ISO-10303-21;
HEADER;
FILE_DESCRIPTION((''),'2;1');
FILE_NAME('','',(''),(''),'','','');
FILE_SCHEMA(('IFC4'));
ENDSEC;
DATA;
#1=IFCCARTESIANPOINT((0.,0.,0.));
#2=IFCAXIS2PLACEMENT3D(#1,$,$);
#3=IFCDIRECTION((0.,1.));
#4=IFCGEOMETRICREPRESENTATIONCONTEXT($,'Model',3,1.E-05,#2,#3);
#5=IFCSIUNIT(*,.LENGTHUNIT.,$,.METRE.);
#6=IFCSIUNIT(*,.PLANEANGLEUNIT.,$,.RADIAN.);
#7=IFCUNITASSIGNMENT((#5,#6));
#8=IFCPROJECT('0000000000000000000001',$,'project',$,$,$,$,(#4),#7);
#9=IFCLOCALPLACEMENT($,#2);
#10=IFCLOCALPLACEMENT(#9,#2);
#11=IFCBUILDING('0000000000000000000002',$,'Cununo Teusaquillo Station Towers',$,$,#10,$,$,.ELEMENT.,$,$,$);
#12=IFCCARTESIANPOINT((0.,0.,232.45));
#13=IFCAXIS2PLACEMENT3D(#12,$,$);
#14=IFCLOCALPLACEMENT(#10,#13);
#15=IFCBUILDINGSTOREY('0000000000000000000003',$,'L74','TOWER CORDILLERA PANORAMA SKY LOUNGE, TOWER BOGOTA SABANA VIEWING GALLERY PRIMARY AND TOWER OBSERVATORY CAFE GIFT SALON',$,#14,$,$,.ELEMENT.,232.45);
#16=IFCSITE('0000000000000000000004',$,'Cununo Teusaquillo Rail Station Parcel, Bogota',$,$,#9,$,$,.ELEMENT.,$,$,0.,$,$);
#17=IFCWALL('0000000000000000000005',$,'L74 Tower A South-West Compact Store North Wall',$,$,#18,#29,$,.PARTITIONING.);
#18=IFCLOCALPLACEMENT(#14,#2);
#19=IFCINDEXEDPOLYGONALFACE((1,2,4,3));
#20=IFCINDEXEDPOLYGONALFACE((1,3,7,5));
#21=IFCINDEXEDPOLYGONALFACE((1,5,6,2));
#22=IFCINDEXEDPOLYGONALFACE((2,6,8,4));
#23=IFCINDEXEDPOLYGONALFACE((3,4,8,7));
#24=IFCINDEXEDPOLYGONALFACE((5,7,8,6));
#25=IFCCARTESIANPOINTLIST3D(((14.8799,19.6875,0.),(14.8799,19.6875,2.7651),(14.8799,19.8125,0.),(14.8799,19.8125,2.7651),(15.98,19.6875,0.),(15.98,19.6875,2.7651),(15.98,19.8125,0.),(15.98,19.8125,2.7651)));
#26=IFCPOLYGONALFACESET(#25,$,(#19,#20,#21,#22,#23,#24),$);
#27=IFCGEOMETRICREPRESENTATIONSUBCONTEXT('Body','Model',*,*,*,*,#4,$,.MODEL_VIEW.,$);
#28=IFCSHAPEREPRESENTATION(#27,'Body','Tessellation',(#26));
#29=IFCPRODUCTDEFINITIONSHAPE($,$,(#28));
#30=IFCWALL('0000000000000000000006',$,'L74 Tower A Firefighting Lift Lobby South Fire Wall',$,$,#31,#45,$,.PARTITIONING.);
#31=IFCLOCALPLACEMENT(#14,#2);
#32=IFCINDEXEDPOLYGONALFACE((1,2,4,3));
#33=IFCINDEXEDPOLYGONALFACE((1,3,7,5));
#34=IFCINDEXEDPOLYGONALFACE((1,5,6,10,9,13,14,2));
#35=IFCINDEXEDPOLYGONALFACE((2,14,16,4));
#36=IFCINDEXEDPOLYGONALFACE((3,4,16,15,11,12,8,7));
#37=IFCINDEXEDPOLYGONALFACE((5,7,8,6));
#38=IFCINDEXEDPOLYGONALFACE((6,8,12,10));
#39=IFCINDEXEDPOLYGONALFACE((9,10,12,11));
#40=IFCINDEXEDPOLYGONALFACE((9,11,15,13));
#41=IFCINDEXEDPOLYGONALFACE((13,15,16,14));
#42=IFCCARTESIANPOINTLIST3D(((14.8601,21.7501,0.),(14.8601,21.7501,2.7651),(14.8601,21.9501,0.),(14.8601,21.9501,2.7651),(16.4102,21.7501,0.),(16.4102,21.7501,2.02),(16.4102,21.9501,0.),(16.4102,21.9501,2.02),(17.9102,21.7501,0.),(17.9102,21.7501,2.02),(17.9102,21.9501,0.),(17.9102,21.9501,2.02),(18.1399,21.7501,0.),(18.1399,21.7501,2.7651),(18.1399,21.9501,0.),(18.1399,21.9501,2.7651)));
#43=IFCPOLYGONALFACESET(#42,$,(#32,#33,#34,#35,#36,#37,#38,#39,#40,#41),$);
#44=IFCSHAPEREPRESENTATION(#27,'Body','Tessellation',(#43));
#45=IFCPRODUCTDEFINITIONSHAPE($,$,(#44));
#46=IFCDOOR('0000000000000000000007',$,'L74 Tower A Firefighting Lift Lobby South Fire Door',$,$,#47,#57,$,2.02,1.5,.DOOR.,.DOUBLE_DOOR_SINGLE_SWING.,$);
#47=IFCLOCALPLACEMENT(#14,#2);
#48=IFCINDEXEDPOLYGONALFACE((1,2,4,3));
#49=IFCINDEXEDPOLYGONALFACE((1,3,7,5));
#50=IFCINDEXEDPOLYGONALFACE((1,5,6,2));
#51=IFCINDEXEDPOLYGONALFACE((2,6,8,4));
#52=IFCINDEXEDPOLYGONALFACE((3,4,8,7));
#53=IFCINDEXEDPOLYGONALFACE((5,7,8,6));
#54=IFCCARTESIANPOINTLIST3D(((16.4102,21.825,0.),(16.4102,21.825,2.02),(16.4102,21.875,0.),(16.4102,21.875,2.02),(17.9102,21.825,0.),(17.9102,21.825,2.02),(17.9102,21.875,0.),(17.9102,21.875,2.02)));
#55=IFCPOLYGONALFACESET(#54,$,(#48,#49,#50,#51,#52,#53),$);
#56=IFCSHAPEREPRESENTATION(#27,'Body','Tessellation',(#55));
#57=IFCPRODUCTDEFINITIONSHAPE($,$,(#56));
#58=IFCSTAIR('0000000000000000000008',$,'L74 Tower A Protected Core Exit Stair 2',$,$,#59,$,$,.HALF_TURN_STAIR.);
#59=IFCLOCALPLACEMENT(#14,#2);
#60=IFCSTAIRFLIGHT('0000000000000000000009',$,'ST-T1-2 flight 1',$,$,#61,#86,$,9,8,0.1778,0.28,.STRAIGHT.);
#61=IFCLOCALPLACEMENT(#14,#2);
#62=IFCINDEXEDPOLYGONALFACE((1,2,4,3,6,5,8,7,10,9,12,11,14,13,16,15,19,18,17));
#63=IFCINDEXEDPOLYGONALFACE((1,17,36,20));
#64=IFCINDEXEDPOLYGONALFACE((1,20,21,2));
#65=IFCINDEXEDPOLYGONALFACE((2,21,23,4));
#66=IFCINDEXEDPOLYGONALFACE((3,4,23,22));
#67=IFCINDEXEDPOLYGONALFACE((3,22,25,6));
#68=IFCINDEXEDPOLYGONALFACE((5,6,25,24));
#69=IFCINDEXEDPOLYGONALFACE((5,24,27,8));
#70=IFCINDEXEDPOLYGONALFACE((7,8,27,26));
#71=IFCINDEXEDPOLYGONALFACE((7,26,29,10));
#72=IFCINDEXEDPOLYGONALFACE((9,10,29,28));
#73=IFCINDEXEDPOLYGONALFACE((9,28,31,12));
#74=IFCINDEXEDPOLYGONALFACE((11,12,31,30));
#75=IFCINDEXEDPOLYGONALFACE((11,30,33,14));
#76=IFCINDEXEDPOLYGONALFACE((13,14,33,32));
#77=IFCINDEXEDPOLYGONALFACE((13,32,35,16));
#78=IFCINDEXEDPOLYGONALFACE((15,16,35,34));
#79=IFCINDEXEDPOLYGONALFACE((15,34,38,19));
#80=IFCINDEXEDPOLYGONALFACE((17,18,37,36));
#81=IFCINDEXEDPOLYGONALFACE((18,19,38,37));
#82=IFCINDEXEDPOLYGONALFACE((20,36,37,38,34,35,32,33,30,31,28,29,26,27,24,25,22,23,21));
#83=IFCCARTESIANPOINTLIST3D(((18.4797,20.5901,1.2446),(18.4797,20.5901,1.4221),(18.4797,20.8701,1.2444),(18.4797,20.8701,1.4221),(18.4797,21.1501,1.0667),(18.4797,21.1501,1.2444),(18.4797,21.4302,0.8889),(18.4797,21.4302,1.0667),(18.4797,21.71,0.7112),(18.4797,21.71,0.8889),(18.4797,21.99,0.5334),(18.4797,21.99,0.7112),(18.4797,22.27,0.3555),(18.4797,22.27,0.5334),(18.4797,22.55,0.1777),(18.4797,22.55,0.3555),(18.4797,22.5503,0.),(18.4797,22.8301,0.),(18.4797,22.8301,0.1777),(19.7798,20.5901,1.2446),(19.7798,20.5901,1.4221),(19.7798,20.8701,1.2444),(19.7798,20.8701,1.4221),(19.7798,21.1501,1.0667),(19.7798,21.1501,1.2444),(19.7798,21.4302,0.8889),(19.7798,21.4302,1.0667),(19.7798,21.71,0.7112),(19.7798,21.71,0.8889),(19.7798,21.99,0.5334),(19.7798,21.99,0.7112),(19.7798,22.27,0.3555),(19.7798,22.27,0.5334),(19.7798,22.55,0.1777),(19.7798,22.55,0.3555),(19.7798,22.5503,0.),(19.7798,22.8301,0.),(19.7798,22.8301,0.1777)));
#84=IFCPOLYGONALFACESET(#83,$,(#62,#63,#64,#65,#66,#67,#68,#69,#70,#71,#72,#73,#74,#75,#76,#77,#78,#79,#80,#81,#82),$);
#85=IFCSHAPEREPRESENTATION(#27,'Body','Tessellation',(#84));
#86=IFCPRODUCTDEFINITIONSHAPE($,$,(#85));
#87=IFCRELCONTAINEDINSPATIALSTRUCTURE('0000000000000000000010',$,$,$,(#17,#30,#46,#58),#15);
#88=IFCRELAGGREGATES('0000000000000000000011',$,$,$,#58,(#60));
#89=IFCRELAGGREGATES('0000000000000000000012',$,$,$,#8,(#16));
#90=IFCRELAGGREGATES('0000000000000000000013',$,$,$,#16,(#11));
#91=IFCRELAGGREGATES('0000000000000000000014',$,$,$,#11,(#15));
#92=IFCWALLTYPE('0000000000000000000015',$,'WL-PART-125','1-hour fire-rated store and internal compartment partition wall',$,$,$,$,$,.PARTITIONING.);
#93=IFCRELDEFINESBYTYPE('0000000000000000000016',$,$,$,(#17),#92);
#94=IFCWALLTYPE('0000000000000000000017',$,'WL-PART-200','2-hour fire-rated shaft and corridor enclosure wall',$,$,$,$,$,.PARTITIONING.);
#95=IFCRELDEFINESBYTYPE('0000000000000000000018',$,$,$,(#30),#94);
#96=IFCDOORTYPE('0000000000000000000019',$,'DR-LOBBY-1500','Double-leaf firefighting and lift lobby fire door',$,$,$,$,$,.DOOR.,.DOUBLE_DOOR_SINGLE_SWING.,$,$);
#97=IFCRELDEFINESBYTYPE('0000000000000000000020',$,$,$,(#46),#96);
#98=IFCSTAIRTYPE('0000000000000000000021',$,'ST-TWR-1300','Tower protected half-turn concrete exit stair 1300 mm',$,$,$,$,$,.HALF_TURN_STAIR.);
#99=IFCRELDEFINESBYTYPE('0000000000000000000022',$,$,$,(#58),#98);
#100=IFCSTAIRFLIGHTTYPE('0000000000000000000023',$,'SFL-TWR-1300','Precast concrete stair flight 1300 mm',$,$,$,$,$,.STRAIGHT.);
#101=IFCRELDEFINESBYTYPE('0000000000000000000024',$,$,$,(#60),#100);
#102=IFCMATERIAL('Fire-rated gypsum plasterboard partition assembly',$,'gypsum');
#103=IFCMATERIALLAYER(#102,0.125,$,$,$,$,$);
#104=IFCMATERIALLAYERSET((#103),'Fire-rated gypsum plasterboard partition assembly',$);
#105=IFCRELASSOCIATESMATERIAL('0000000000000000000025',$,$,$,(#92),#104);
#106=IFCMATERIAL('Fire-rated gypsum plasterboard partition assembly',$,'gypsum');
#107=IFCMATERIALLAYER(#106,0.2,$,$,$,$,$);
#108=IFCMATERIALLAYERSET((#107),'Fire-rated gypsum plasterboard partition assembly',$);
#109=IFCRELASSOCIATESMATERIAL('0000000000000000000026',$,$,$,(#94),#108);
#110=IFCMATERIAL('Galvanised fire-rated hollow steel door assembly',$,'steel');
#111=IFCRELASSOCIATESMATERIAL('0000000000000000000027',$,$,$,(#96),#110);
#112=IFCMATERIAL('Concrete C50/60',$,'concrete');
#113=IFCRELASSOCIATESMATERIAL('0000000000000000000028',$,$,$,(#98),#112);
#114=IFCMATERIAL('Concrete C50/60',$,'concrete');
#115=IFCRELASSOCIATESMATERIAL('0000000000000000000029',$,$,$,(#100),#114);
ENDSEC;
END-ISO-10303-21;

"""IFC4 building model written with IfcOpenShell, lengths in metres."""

from ifc_helpers import new_model, si_unit, direction, frame, frame_2d, origin, place, context, subcontext, project, spatial, polyline, rectangle, outline, extrude, source, transform, mapped, material, layer, layer_set, type_object, element, fill, aggregate, save


model = new_model("IFC4")

# Units and contexts
model_context = context("Model", 3, precision=1e-05, world=origin(), true_north=direction((0.0, 1.0)))
body_context = subcontext(model_context, "Body", "Model", "MODEL_VIEW")
ifc_project = project(units=[si_unit("LENGTHUNIT", "METRE"), si_unit("PLANEANGLEUNIT", "RADIAN")], contexts=[model_context])

# Site, building, storey
site_placement = place(None, origin())
site = spatial("IfcSite", under=ifc_project, at=site_placement, Name="Cununo Teusaquillo Rail Station Parcel, Bogota", CompositionType="ELEMENT", RefElevation=0.0)
building_placement = place(site_placement, origin())
building = spatial("IfcBuilding", under=site, at=building_placement, Name="Cununo Teusaquillo Station Towers", CompositionType="ELEMENT")
storey_placement = place(building_placement, frame((0.0, 0.0, 232.45)))
storey = spatial("IfcBuildingStorey", under=building, at=storey_placement, Name="L74", Description="TOWER CORDILLERA PANORAMA SKY LOUNGE, TOWER BOGOTA SABANA VIEWING GALLERY PRIMARY AND TOWER OBSERVATORY CAFE GIFT SALON", CompositionType="ELEMENT", Elevation=232.45)

# Shared definitions
ifc_material_1 = material(Name="Fire-rated gypsum plasterboard partition assembly", Category="gypsum")
ifc_layer_1 = layer(ifc_material_1, 0.125)
ifc_layer_set_1 = layer_set([ifc_layer_1], Name="Fire-rated gypsum plasterboard partition assembly")
wall_type_1 = type_object("IfcWallType", Name="WL-PART-125", Description="1-hour fire-rated store and internal compartment partition wall", PredefinedType="PARTITIONING", material=ifc_layer_set_1)

# Wall
wall_1_placement = place(storey_placement, frame((14.8799, 19.75, 0.0), z_axis=(0.0, 0.0, 1.0), x_axis=(1.0, 0.0, 0.0)))
element("IfcWall", 1, at=wall_1_placement, inside=storey, type_object=wall_type_1, Name="L74 Tower A South-West Compact Store North Wall", PredefinedType="PARTITIONING", context=body_context, shape_type="SweptSolid", body=[
    extrude(rectangle(XDim=1.1001, YDim=0.125, at=frame_2d((0.55, 0.0))), origin(), (0.0, 0.0, 1.0), 2.7651),
])

# Wall, opening, door
ifc_material_2 = material(Name="Fire-rated gypsum plasterboard partition assembly", Category="gypsum")
ifc_layer_2 = layer(ifc_material_2, 0.2)
ifc_layer_set_2 = layer_set([ifc_layer_2], Name="Fire-rated gypsum plasterboard partition assembly")
wall_type_2 = type_object("IfcWallType", Name="WL-PART-200", Description="2-hour fire-rated shaft and corridor enclosure wall", PredefinedType="PARTITIONING", material=ifc_layer_set_2)
wall_2_placement = place(storey_placement, frame((14.8601, 21.8501, 0.0), z_axis=(0.0, 0.0, 1.0), x_axis=(1.0, 0.0, 0.0)))
wall_2 = element("IfcWall", 2, at=wall_2_placement, inside=storey, type_object=wall_type_2, Name="L74 Tower A Firefighting Lift Lobby South Fire Wall", PredefinedType="PARTITIONING", context=body_context, shape_type="SweptSolid", body=[
    extrude(rectangle(XDim=3.2798, YDim=0.2, at=frame_2d((1.6399, 0.0))), origin(), (0.0, 0.0, 1.0), 2.7651),
])
shared_shape_1 = source(origin(), body_context, "Body", "SweptSolid", [
    extrude(rectangle(XDim=1.5, YDim=2.02, at=frame_2d((0.75, 1.01))), frame((0.0, 0.1099, 0.0), z_axis=(0.0, -1.0, 0.0), x_axis=(1.0, 0.0, 0.0)), (0.0, 0.0, 1.0), 0.22),
])
opening_1_placement = place(wall_2_placement, frame((1.55, 0.0, 0.0)))
opening_1 = element("IfcOpeningElement", 3, at=opening_1_placement, cuts=wall_2, PredefinedType="OPENING", context=body_context, shape_type="MappedRepresentation", body=[
    mapped(shared_shape_1, transform((0.0, 0.0, 0.0), x_axis=(1.0, 0.0, 0.0), y_axis=(0.0, 1.0, 0.0), z_axis=(0.0, 0.0, 1.0), scale=1.0)),
])
ifc_material_3 = material(Name="Galvanised fire-rated hollow steel door assembly", Category="steel")
door_type_1 = type_object("IfcDoorType", Name="DR-LOBBY-1500", Description="Double-leaf firefighting and lift lobby fire door", OperationType="DOUBLE_DOOR_SINGLE_SWING", PredefinedType="DOOR", material=ifc_material_3)
shared_shape_2 = source(origin(), body_context, "Body", "SweptSolid", [
    extrude(rectangle(XDim=1.5, YDim=2.02, at=frame_2d((0.75, 1.01))), frame((0.0, 0.0249, 0.0), z_axis=(0.0, -1.0, 0.0), x_axis=(1.0, 0.0, 0.0)), (0.0, 0.0, 1.0), 0.05),
])
door_1_placement = place(opening_1_placement, origin())
door_1 = element("IfcDoor", 4, at=door_1_placement, inside=storey, type_object=door_type_1, Name="L74 Tower A Firefighting Lift Lobby South Fire Door", OperationType="DOUBLE_DOOR_SINGLE_SWING", OverallHeight=2.02, OverallWidth=1.5, PredefinedType="DOOR", context=body_context, shape_type="MappedRepresentation", body=[
    mapped(shared_shape_2, transform((0.0, 0.0, 0.0), x_axis=(1.0, 0.0, 0.0), y_axis=(0.0, 1.0, 0.0), z_axis=(0.0, 0.0, 1.0), scale=1.0)),
])
fill(opening_1, door_1)

# Stair, stair flight
ifc_material_4 = material(Name="Concrete C50/60", Category="concrete")
stair_type = type_object("IfcStairType", Name="ST-TWR-1300", Description="Tower protected half-turn concrete exit stair 1300 mm", PredefinedType="HALF_TURN_STAIR", material=ifc_material_4)
stair_placement = place(storey_placement, origin())
stair = element("IfcStair", 5, at=stair_placement, inside=storey, type_object=stair_type, Name="L74 Tower A Protected Core Exit Stair 2", PredefinedType="HALF_TURN_STAIR")
ifc_material_5 = material(Name="Concrete C50/60", Category="concrete")
stair_flight_type = type_object("IfcStairFlightType", Name="SFL-TWR-1300", Description="Precast concrete stair flight 1300 mm", PredefinedType="STRAIGHT", material=ifc_material_5)
stair_flight_placement = place(storey_placement, frame((19.1299, 22.8301, 0.0), z_axis=(0.0, 0.0, 1.0), x_axis=(0.0, -1.0, 0.0)))
stair_flight = element("IfcStairFlight", 6, at=stair_flight_placement, type_object=stair_flight_type, Name="ST-T1-2 flight 1", NumberOfRisers=9, NumberOfTreads=8, PredefinedType="STRAIGHT", RiserHeight=0.1778, TreadLength=0.28, context=body_context, shape_type="SweptSolid", body=[
    extrude(outline(polyline([(0.0, 0.0), (0.0, 0.1777), (0.28, 0.1777), (0.28, 0.3555), (0.5601, 0.3555), (0.5601, 0.5334), (0.8401, 0.5334), (0.8401, 0.7112), (1.1201, 0.7112), (1.1201, 0.8889), (1.3999, 0.8889), (1.3999, 1.0667), (1.6799, 1.0667), (1.6799, 1.2444), (1.96, 1.2444), (1.96, 1.4221), (2.24, 1.4221), (2.24, 1.6001), (2.24, 1.2446), (0.2798, 0.0), (0.0, 0.0)])), frame((0.0, 0.6499, 0.0), z_axis=(0.0, -1.0, 0.0), x_axis=(1.0, 0.0, 0.0)), (0.0, 0.0, 1.0), 1.3),
])
aggregate(stair, [stair_flight])

save(model, "model.ifc")
